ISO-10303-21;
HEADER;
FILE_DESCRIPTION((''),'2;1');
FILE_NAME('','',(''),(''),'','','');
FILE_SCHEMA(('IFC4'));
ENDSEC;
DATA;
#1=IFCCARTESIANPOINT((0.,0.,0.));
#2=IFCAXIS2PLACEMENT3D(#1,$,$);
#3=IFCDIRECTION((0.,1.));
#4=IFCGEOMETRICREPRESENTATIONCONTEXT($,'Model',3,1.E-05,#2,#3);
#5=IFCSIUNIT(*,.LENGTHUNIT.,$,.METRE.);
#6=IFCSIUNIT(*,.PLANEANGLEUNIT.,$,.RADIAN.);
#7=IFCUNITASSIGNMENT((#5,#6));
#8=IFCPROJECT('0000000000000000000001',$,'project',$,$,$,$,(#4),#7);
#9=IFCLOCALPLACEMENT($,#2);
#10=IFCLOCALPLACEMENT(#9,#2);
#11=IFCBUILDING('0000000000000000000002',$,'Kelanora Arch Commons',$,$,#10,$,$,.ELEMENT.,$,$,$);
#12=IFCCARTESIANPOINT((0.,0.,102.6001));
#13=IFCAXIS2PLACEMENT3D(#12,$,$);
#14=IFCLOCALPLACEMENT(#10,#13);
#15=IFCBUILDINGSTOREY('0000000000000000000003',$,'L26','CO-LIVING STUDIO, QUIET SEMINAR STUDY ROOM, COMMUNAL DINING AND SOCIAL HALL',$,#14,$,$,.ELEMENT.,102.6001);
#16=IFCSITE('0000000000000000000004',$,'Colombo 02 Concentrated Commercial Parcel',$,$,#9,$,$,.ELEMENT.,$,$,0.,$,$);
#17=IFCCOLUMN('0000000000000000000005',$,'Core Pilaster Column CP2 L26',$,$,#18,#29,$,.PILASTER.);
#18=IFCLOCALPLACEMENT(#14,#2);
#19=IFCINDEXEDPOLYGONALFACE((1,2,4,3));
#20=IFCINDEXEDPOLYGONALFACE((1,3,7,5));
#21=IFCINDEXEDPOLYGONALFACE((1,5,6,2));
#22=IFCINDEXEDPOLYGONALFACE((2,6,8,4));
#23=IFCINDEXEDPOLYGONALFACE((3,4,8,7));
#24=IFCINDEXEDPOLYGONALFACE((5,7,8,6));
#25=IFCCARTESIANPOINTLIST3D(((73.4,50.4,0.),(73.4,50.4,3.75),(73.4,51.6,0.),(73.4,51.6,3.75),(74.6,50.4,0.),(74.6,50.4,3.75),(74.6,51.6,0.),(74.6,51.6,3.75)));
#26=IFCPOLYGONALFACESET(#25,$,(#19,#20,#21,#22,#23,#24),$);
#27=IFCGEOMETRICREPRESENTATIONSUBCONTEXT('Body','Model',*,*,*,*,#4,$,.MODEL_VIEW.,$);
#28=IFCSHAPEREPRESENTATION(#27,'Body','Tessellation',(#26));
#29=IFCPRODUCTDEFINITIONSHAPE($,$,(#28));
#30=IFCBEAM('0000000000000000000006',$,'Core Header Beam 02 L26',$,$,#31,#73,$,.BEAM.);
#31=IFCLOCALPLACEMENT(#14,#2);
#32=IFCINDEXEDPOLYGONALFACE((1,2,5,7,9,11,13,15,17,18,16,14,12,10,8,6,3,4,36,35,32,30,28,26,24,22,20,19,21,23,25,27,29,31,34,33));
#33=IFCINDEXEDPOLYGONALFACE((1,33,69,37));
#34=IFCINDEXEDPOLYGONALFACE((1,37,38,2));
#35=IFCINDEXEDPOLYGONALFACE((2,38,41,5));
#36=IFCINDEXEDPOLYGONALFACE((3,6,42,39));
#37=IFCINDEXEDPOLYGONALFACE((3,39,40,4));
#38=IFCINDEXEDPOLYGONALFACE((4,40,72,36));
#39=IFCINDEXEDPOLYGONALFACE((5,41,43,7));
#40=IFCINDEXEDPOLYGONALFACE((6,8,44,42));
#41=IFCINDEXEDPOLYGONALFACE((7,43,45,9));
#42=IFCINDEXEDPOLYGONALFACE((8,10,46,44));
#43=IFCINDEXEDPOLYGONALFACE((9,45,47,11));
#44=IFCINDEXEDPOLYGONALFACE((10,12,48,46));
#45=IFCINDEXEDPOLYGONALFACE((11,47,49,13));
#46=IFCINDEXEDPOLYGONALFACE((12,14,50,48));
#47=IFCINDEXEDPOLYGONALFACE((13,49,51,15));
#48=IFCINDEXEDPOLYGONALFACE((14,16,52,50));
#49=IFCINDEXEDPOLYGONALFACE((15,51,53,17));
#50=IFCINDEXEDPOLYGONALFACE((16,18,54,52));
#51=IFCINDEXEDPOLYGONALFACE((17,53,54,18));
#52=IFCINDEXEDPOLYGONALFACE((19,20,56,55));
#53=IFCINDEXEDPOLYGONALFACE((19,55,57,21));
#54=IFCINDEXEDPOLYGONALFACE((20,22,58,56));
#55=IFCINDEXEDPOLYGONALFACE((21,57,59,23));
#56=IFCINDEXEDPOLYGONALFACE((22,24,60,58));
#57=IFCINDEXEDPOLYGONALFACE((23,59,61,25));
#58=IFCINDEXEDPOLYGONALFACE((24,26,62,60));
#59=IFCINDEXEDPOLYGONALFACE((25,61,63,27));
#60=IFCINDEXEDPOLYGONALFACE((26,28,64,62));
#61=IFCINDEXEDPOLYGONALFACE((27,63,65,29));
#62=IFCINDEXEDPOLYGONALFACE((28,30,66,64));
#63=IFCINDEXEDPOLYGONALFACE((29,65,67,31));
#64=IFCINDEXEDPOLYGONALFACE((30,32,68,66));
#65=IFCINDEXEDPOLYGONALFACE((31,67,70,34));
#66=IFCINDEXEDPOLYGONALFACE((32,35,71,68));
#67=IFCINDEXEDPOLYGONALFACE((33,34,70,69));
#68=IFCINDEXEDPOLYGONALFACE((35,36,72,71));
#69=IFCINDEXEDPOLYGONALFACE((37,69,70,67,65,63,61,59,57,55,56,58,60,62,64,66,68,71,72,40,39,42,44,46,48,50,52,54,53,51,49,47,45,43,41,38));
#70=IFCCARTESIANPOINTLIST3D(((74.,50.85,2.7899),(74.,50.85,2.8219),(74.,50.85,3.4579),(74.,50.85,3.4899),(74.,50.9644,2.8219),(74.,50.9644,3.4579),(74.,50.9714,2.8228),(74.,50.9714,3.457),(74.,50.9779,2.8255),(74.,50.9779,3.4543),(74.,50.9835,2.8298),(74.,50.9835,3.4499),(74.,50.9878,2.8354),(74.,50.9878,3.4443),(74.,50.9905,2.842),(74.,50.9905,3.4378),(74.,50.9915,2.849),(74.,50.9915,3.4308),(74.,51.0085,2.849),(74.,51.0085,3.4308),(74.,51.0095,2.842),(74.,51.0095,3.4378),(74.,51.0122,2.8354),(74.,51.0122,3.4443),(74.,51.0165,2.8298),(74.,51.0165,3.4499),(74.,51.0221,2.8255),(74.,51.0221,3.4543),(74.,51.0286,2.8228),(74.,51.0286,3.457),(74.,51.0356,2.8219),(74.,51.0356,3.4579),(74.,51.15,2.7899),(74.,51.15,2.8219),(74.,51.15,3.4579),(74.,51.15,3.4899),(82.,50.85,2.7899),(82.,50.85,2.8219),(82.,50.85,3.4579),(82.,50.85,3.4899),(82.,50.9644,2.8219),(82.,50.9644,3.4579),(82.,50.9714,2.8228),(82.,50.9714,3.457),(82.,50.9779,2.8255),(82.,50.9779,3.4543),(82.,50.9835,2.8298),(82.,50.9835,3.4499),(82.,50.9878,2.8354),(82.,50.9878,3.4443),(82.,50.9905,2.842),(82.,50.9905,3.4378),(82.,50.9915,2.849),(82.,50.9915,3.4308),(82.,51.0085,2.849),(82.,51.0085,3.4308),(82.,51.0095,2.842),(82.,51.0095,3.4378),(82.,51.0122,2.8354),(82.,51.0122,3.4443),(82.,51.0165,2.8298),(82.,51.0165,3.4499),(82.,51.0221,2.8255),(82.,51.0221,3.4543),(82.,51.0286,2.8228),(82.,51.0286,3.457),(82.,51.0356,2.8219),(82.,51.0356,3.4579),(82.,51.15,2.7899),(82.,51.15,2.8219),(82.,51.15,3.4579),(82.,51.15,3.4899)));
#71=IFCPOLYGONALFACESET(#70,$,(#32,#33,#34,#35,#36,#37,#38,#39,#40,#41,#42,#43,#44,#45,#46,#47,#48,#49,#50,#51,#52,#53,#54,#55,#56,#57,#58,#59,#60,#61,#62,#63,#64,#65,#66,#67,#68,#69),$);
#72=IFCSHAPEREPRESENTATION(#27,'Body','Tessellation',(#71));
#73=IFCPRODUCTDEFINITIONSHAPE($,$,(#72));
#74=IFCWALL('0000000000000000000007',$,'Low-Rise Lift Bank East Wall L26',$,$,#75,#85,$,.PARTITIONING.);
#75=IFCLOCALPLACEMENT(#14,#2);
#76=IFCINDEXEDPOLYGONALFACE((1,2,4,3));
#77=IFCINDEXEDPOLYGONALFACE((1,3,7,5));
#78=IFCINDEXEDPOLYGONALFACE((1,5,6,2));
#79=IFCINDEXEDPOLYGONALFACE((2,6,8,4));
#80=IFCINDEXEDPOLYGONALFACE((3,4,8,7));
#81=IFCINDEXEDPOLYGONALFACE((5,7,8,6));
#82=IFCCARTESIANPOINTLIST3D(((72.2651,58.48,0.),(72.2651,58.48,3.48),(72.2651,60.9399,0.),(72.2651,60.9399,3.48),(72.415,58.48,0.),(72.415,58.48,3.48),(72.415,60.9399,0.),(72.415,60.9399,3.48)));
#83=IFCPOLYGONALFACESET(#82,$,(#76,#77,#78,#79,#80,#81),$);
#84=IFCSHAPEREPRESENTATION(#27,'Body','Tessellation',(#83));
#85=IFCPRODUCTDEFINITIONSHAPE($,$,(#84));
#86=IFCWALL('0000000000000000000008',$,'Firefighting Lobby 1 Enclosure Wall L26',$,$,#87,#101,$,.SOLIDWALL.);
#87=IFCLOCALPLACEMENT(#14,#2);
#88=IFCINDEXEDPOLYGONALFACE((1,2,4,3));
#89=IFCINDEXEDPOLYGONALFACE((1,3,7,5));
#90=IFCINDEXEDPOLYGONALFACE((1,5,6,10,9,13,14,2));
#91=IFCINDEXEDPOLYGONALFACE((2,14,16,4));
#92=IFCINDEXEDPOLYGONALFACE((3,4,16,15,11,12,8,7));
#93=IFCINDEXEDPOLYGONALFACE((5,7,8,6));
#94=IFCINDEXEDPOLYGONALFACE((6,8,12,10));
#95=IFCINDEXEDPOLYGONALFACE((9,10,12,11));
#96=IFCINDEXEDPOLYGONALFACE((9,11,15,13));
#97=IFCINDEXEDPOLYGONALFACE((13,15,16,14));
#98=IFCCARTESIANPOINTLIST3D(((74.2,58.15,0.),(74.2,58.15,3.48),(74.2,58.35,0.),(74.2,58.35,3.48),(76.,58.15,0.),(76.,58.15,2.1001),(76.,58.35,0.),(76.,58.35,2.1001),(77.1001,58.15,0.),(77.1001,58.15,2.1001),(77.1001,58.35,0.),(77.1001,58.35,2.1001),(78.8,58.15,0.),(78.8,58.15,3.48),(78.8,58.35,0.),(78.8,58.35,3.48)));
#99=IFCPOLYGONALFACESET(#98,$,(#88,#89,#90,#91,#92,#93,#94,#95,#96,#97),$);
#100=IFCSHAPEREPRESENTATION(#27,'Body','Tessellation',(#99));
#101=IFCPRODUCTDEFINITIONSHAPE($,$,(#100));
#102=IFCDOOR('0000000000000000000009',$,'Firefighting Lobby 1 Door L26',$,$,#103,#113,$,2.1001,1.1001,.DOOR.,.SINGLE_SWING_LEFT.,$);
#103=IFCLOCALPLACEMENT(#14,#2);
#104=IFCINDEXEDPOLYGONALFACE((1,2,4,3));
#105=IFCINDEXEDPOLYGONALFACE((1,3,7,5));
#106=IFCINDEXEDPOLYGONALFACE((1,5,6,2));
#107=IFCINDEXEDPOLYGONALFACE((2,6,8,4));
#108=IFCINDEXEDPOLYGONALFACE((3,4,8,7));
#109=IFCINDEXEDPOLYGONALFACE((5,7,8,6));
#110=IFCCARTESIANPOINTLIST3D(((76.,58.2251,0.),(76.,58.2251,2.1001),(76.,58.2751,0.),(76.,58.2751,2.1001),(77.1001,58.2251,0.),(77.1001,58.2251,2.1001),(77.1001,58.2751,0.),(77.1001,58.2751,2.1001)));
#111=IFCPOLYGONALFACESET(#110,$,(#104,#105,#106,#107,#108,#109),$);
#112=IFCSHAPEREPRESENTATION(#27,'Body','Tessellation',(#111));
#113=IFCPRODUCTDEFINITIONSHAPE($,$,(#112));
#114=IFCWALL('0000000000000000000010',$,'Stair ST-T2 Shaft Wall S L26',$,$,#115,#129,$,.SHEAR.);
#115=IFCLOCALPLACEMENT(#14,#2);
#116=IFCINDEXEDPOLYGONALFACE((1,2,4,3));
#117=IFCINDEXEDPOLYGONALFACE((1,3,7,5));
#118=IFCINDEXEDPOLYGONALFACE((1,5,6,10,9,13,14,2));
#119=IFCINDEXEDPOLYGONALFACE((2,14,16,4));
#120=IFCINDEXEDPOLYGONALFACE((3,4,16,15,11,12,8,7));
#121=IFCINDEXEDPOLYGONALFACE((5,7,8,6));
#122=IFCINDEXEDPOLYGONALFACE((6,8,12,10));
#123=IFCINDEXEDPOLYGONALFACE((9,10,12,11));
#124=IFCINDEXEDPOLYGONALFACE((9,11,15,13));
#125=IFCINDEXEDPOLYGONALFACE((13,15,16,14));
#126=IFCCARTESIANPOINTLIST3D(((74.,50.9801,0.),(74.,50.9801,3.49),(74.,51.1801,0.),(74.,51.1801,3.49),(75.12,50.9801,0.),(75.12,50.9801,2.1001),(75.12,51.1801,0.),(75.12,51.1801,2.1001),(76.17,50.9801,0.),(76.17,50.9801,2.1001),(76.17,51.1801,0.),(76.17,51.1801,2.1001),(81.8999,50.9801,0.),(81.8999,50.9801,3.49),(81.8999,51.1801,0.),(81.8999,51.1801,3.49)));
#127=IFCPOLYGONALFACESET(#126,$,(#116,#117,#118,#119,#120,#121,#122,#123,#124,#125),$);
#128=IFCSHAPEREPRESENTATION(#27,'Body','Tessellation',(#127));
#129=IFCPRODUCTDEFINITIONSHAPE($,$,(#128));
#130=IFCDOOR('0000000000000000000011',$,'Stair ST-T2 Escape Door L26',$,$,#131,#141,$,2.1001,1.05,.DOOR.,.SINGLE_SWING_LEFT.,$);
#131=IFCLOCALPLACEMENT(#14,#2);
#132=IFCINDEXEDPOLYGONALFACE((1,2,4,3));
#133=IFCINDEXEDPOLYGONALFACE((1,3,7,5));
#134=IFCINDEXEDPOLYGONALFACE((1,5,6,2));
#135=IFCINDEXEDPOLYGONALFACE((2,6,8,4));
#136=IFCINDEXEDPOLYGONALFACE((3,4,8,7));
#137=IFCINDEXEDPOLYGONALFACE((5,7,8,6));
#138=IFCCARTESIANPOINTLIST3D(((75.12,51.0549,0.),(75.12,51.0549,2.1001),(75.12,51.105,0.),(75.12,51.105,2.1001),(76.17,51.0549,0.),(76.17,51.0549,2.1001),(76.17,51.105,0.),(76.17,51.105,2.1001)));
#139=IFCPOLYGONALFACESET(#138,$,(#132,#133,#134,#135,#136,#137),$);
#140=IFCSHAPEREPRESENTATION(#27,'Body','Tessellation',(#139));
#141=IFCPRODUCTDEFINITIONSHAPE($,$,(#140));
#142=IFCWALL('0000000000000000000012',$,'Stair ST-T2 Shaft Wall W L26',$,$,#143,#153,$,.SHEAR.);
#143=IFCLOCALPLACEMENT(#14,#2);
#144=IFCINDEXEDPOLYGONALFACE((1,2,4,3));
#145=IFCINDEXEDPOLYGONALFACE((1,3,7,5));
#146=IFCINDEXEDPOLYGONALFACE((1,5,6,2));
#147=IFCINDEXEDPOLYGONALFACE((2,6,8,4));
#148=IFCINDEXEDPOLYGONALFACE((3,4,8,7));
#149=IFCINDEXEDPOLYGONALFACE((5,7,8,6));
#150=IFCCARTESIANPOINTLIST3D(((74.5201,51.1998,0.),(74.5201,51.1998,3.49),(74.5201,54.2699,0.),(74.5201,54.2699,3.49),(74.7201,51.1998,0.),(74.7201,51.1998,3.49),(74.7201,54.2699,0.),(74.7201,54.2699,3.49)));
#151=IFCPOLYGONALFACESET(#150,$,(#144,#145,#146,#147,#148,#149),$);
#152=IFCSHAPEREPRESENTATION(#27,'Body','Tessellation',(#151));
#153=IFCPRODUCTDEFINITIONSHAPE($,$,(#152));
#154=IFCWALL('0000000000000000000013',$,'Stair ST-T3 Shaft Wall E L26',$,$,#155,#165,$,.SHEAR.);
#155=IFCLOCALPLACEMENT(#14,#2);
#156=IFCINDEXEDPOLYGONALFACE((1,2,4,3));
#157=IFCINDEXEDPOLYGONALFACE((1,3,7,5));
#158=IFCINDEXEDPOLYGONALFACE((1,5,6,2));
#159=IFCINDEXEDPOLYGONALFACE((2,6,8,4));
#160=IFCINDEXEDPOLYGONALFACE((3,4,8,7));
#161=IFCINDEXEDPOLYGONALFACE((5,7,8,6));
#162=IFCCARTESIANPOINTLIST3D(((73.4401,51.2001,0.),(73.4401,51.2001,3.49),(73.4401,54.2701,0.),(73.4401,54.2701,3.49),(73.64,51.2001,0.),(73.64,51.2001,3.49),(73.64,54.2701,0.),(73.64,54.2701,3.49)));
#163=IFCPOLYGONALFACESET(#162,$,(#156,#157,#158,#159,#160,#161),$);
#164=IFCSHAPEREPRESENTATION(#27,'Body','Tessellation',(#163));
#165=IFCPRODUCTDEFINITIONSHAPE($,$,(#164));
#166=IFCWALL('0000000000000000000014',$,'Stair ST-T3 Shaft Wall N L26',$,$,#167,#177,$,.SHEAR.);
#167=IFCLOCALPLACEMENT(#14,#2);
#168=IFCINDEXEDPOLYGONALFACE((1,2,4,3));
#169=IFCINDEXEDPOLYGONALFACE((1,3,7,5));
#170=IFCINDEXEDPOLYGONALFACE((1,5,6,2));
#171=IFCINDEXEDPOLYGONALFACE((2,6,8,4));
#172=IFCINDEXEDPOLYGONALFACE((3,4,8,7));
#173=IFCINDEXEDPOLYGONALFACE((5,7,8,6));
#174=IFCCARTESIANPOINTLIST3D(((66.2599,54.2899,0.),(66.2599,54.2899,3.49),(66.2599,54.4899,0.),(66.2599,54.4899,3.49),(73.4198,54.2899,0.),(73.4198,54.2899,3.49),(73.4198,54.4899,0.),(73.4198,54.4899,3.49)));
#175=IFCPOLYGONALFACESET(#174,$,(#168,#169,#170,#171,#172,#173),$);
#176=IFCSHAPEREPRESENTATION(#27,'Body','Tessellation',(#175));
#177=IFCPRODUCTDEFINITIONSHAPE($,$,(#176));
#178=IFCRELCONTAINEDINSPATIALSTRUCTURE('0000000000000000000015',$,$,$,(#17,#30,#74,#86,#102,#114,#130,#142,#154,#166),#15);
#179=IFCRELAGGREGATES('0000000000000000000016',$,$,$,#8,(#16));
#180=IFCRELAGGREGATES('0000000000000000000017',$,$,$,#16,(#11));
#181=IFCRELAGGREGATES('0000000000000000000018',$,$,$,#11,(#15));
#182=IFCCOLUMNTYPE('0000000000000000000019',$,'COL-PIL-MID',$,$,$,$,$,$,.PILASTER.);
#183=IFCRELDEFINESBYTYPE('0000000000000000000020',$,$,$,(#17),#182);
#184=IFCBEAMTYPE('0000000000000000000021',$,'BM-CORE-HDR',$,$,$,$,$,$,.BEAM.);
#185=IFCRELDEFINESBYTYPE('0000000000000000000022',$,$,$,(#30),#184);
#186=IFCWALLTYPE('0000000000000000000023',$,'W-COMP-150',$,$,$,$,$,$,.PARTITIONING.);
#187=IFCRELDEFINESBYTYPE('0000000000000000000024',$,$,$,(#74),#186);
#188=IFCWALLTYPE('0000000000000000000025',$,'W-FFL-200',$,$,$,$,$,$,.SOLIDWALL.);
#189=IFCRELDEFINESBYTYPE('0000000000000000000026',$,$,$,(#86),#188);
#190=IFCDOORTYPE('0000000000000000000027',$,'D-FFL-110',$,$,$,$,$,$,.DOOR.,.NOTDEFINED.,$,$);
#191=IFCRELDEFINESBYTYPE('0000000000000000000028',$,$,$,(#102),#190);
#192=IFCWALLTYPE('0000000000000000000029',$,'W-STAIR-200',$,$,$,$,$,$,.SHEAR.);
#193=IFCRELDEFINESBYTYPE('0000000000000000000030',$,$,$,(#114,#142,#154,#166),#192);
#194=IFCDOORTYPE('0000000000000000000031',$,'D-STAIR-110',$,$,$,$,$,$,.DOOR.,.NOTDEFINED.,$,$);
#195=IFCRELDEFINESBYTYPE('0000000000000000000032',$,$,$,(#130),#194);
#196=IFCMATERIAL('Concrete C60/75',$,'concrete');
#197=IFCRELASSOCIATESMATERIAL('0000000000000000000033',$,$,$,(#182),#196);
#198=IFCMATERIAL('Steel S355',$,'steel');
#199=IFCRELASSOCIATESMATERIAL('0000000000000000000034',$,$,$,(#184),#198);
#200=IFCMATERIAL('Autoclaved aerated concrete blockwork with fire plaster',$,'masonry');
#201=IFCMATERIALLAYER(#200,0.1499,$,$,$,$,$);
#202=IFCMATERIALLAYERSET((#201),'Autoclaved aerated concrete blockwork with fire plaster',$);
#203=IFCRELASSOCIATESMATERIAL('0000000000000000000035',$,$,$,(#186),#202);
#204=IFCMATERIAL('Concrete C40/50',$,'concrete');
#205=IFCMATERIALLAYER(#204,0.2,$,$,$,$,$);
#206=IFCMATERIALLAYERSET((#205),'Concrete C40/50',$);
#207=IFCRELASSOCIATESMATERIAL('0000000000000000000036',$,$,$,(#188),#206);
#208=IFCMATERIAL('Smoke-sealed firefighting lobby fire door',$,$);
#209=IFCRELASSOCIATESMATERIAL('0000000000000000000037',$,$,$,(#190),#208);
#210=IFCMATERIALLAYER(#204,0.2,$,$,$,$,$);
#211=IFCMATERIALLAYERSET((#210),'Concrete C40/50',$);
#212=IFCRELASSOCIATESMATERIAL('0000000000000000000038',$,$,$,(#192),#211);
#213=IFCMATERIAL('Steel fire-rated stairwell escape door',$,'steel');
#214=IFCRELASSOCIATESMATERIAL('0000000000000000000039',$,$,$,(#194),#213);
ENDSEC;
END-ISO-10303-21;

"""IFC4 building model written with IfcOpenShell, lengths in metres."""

from ifc_helpers import new_model, si_unit, direction, frame, frame_2d, origin, origin_2d, place, context, subcontext, project, spatial, rectangle, i_section, extrude, material, layer, layer_set, material_profile, profile_set, type_object, element, fill, save


model = new_model("IFC4")

# Units and contexts
model_context = context("Model", 3, precision=1e-05, world=origin(), true_north=direction((0.0, 1.0)))
body_context = subcontext(model_context, "Body", "Model", "MODEL_VIEW")
ifc_project = project(units=[si_unit("LENGTHUNIT", "METRE"), si_unit("PLANEANGLEUNIT", "RADIAN")], contexts=[model_context])

# Site, building, storey
site_placement = place(None, origin())
site = spatial("IfcSite", under=ifc_project, at=site_placement, Name="Colombo 02 Concentrated Commercial Parcel", CompositionType="ELEMENT", RefElevation=0.0)
building_placement = place(site_placement, origin())
building = spatial("IfcBuilding", under=site, at=building_placement, Name="Kelanora Arch Commons", CompositionType="ELEMENT")
storey_placement = place(building_placement, frame((0.0, 0.0, 102.6001)))
storey = spatial("IfcBuildingStorey", under=building, at=storey_placement, Name="L26", Description="CO-LIVING STUDIO, QUIET SEMINAR STUDY ROOM, COMMUNAL DINING AND SOCIAL HALL", CompositionType="ELEMENT", Elevation=102.6001)

# Column
ifc_material_1 = material(Name="Concrete C60/75", Category="concrete")
ifc_material_profile_1 = material_profile(ifc_material_1, rectangle(XDim=1.2, YDim=1.2, at=origin_2d()), Name="RC1200x1200")
ifc_profile_set_1 = profile_set([ifc_material_profile_1], Name="Concrete C60/75")
column_type = type_object("IfcColumnType", Name="COL-PIL-MID", PredefinedType="PILASTER", material=ifc_profile_set_1)
column_placement = place(storey_placement, frame((74.0, 51.0, 0.0), z_axis=(0.0, 0.0, 1.0), x_axis=(1.0, 0.0, 0.0)))
element("IfcColumn", 1, at=column_placement, inside=storey, type_object=column_type, Name="Core Pilaster Column CP2 L26", PredefinedType="PILASTER", context=body_context, shape_type="SweptSolid", body=[
    extrude(rectangle(XDim=1.2, YDim=1.2, at=origin_2d()), origin(), (0.0, 0.0, 1.0), 3.75),
])

# Beam
ifc_material_2 = material(Name="Steel S355", Category="steel")
ifc_material_profile_2 = material_profile(ifc_material_2, i_section(OverallWidth=0.3, OverallDepth=0.7, WebThickness=0.0171, FlangeThickness=0.032, FilletRadius=0.0271, at=origin_2d()), Name="HEB700")
ifc_profile_set_2 = profile_set([ifc_material_profile_2], Name="Steel S355")
beam_type = type_object("IfcBeamType", Name="BM-CORE-HDR", PredefinedType="BEAM", material=ifc_profile_set_2)
beam_placement = place(storey_placement, frame((74.0, 51.0, 3.1399), z_axis=(1.0, 0.0, 0.0), x_axis=(0.0, 1.0, 0.0)))
element("IfcBeam", 2, at=beam_placement, inside=storey, type_object=beam_type, Name="Core Header Beam 02 L26", PredefinedType="BEAM", context=body_context, shape_type="SweptSolid", body=[
    extrude(i_section(OverallWidth=0.3, OverallDepth=0.7, WebThickness=0.0171, FlangeThickness=0.032, FilletRadius=0.0271, at=origin_2d()), origin(), (0.0, 0.0, 1.0), 8.0),
])

# Wall
ifc_material_3 = material(Name="Autoclaved aerated concrete blockwork with fire plaster", Category="masonry")
ifc_layer_1 = layer(ifc_material_3, 0.1499)
ifc_layer_set_1 = layer_set([ifc_layer_1], Name="Autoclaved aerated concrete blockwork with fire plaster")
wall_type_1 = type_object("IfcWallType", Name="W-COMP-150", PredefinedType="PARTITIONING", material=ifc_layer_set_1)
wall_1_placement = place(storey_placement, frame((72.3401, 58.48, 0.0), z_axis=(0.0, 0.0, 1.0), x_axis=(0.0, 1.0, 0.0)))
element("IfcWall", 3, at=wall_1_placement, inside=storey, type_object=wall_type_1, Name="Low-Rise Lift Bank East Wall L26", PredefinedType="PARTITIONING", context=body_context, shape_type="SweptSolid", body=[
    extrude(rectangle(XDim=2.46, YDim=0.1499, at=frame_2d((1.23, 0.0))), origin(), (0.0, 0.0, 1.0), 3.48),
])

# Walls, openings, doors
ifc_material_4 = material(Name="Concrete C40/50", Category="concrete")
ifc_layer_2 = layer(ifc_material_4, 0.2)
ifc_layer_set_2 = layer_set([ifc_layer_2], Name="Concrete C40/50")
wall_type_2 = type_object("IfcWallType", Name="W-FFL-200", PredefinedType="SOLIDWALL", material=ifc_layer_set_2)
wall_2_placement = place(storey_placement, frame((74.2, 58.25, 0.0), z_axis=(0.0, 0.0, 1.0), x_axis=(1.0, 0.0, 0.0)))
wall_2 = element("IfcWall", 4, at=wall_2_placement, inside=storey, type_object=wall_type_2, Name="Firefighting Lobby 1 Enclosure Wall L26", PredefinedType="SOLIDWALL", context=body_context, shape_type="SweptSolid", body=[
    extrude(rectangle(XDim=4.6001, YDim=0.2, at=frame_2d((2.3, 0.0))), origin(), (0.0, 0.0, 1.0), 3.48),
])
opening_1_placement = place(wall_2_placement, frame((1.8, 0.0, 0.0)))
opening_1 = element("IfcOpeningElement", 5, at=opening_1_placement, cuts=wall_2, PredefinedType="OPENING", context=body_context, shape_type="SweptSolid", body=[
    extrude(rectangle(XDim=1.1001, YDim=2.1001, at=frame_2d((0.55, 1.05))), frame((0.0, 0.1099, 0.0), z_axis=(0.0, -1.0, 0.0), x_axis=(1.0, 0.0, 0.0)), (0.0, 0.0, 1.0), 0.22),
])
ifc_material_5 = material(Name="Smoke-sealed firefighting lobby fire door")
door_type_1 = type_object("IfcDoorType", Name="D-FFL-110", OperationType="NOTDEFINED", PredefinedType="DOOR", material=ifc_material_5)
door_1_placement = place(opening_1_placement, frame((1.1001, 0.0, 0.0), z_axis=(0.0, 0.0, 1.0), x_axis=(-1.0, 0.0, 0.0)))
door_1 = element("IfcDoor", 6, at=door_1_placement, inside=storey, type_object=door_type_1, Name="Firefighting Lobby 1 Door L26", OperationType="SINGLE_SWING_LEFT", OverallHeight=2.1001, OverallWidth=1.1001, PredefinedType="DOOR", context=body_context, shape_type="SweptSolid", body=[
    extrude(rectangle(XDim=1.1001, YDim=2.1001, at=frame_2d((0.55, 1.05))), frame((0.0, 0.0249, 0.0), z_axis=(0.0, -1.0, 0.0), x_axis=(1.0, 0.0, 0.0)), (0.0, 0.0, 1.0), 0.05),
])
fill(opening_1, door_1)
ifc_layer_3 = layer(ifc_material_4, 0.2)
ifc_layer_set_3 = layer_set([ifc_layer_3], Name="Concrete C40/50")
wall_type_3 = type_object("IfcWallType", Name="W-STAIR-200", PredefinedType="SHEAR", material=ifc_layer_set_3)
wall_3_placement = place(storey_placement, frame((74.0, 51.0801, 0.0), z_axis=(0.0, 0.0, 1.0), x_axis=(1.0, 0.0, 0.0)))
wall_3 = element("IfcWall", 7, at=wall_3_placement, inside=storey, type_object=wall_type_3, Name="Stair ST-T2 Shaft Wall S L26", PredefinedType="SHEAR", context=body_context, shape_type="SweptSolid", body=[
    extrude(rectangle(XDim=7.8999, YDim=0.2, at=frame_2d((3.95, 0.0))), origin(), (0.0, 0.0, 1.0), 3.49),
])
opening_2_placement = place(wall_3_placement, frame((1.1201, 0.0, 0.0)))
opening_2 = element("IfcOpeningElement", 8, at=opening_2_placement, cuts=wall_3, PredefinedType="OPENING", context=body_context, shape_type="SweptSolid", body=[
    extrude(rectangle(XDim=1.05, YDim=2.1001, at=frame_2d((0.5249, 1.05))), frame((0.0, 0.1099, 0.0), z_axis=(0.0, -1.0, 0.0), x_axis=(1.0, 0.0, 0.0)), (0.0, 0.0, 1.0), 0.22),
])
ifc_material_6 = material(Name="Steel fire-rated stairwell escape door", Category="steel")
door_type_2 = type_object("IfcDoorType", Name="D-STAIR-110", OperationType="NOTDEFINED", PredefinedType="DOOR", material=ifc_material_6)
door_2_placement = place(opening_2_placement, origin())
door_2 = element("IfcDoor", 9, at=door_2_placement, inside=storey, type_object=door_type_2, Name="Stair ST-T2 Escape Door L26", OperationType="SINGLE_SWING_LEFT", OverallHeight=2.1001, OverallWidth=1.05, PredefinedType="DOOR", context=body_context, shape_type="SweptSolid", body=[
    extrude(rectangle(XDim=1.05, YDim=2.1001, at=frame_2d((0.5249, 1.05))), frame((0.0, 0.0249, 0.0), z_axis=(0.0, -1.0, 0.0), x_axis=(1.0, 0.0, 0.0)), (0.0, 0.0, 1.0), 0.05),
])
fill(opening_2, door_2)

# Walls
for number, where, z_axis, x_axis, name in (
    (10, (74.6201, 54.27, 0.0), (0.0, 0.0, 1.0), (0.0, -1.0, 0.0), "Stair ST-T2 Shaft Wall W L26"),
    (11, (73.54, 51.2, 0.0), (0.0, 0.0, 1.0), (0.0, 1.0, 0.0), "Stair ST-T3 Shaft Wall E L26"),
):
    element("IfcWall", number, at=place(storey_placement, frame(where, z_axis=z_axis, x_axis=x_axis)), inside=storey, type_object=wall_type_3, Name=name, PredefinedType="SHEAR", context=body_context, shape_type="SweptSolid", body=[
        extrude(rectangle(XDim=3.0701, YDim=0.2, at=frame_2d((1.5352, 0.0))), origin(), (0.0, 0.0, 1.0), 3.49),
    ])
wall_4_placement = place(storey_placement, frame((73.4199, 54.3899, 0.0), z_axis=(0.0, 0.0, 1.0), x_axis=(-1.0, 0.0, 0.0)))
element("IfcWall", 12, at=wall_4_placement, inside=storey, type_object=wall_type_3, Name="Stair ST-T3 Shaft Wall N L26", PredefinedType="SHEAR", context=body_context, shape_type="SweptSolid", body=[
    extrude(rectangle(XDim=7.1599, YDim=0.2, at=frame_2d((3.5801, 0.0))), origin(), (0.0, 0.0, 1.0), 3.49),
])

save(model, "model.ifc")
